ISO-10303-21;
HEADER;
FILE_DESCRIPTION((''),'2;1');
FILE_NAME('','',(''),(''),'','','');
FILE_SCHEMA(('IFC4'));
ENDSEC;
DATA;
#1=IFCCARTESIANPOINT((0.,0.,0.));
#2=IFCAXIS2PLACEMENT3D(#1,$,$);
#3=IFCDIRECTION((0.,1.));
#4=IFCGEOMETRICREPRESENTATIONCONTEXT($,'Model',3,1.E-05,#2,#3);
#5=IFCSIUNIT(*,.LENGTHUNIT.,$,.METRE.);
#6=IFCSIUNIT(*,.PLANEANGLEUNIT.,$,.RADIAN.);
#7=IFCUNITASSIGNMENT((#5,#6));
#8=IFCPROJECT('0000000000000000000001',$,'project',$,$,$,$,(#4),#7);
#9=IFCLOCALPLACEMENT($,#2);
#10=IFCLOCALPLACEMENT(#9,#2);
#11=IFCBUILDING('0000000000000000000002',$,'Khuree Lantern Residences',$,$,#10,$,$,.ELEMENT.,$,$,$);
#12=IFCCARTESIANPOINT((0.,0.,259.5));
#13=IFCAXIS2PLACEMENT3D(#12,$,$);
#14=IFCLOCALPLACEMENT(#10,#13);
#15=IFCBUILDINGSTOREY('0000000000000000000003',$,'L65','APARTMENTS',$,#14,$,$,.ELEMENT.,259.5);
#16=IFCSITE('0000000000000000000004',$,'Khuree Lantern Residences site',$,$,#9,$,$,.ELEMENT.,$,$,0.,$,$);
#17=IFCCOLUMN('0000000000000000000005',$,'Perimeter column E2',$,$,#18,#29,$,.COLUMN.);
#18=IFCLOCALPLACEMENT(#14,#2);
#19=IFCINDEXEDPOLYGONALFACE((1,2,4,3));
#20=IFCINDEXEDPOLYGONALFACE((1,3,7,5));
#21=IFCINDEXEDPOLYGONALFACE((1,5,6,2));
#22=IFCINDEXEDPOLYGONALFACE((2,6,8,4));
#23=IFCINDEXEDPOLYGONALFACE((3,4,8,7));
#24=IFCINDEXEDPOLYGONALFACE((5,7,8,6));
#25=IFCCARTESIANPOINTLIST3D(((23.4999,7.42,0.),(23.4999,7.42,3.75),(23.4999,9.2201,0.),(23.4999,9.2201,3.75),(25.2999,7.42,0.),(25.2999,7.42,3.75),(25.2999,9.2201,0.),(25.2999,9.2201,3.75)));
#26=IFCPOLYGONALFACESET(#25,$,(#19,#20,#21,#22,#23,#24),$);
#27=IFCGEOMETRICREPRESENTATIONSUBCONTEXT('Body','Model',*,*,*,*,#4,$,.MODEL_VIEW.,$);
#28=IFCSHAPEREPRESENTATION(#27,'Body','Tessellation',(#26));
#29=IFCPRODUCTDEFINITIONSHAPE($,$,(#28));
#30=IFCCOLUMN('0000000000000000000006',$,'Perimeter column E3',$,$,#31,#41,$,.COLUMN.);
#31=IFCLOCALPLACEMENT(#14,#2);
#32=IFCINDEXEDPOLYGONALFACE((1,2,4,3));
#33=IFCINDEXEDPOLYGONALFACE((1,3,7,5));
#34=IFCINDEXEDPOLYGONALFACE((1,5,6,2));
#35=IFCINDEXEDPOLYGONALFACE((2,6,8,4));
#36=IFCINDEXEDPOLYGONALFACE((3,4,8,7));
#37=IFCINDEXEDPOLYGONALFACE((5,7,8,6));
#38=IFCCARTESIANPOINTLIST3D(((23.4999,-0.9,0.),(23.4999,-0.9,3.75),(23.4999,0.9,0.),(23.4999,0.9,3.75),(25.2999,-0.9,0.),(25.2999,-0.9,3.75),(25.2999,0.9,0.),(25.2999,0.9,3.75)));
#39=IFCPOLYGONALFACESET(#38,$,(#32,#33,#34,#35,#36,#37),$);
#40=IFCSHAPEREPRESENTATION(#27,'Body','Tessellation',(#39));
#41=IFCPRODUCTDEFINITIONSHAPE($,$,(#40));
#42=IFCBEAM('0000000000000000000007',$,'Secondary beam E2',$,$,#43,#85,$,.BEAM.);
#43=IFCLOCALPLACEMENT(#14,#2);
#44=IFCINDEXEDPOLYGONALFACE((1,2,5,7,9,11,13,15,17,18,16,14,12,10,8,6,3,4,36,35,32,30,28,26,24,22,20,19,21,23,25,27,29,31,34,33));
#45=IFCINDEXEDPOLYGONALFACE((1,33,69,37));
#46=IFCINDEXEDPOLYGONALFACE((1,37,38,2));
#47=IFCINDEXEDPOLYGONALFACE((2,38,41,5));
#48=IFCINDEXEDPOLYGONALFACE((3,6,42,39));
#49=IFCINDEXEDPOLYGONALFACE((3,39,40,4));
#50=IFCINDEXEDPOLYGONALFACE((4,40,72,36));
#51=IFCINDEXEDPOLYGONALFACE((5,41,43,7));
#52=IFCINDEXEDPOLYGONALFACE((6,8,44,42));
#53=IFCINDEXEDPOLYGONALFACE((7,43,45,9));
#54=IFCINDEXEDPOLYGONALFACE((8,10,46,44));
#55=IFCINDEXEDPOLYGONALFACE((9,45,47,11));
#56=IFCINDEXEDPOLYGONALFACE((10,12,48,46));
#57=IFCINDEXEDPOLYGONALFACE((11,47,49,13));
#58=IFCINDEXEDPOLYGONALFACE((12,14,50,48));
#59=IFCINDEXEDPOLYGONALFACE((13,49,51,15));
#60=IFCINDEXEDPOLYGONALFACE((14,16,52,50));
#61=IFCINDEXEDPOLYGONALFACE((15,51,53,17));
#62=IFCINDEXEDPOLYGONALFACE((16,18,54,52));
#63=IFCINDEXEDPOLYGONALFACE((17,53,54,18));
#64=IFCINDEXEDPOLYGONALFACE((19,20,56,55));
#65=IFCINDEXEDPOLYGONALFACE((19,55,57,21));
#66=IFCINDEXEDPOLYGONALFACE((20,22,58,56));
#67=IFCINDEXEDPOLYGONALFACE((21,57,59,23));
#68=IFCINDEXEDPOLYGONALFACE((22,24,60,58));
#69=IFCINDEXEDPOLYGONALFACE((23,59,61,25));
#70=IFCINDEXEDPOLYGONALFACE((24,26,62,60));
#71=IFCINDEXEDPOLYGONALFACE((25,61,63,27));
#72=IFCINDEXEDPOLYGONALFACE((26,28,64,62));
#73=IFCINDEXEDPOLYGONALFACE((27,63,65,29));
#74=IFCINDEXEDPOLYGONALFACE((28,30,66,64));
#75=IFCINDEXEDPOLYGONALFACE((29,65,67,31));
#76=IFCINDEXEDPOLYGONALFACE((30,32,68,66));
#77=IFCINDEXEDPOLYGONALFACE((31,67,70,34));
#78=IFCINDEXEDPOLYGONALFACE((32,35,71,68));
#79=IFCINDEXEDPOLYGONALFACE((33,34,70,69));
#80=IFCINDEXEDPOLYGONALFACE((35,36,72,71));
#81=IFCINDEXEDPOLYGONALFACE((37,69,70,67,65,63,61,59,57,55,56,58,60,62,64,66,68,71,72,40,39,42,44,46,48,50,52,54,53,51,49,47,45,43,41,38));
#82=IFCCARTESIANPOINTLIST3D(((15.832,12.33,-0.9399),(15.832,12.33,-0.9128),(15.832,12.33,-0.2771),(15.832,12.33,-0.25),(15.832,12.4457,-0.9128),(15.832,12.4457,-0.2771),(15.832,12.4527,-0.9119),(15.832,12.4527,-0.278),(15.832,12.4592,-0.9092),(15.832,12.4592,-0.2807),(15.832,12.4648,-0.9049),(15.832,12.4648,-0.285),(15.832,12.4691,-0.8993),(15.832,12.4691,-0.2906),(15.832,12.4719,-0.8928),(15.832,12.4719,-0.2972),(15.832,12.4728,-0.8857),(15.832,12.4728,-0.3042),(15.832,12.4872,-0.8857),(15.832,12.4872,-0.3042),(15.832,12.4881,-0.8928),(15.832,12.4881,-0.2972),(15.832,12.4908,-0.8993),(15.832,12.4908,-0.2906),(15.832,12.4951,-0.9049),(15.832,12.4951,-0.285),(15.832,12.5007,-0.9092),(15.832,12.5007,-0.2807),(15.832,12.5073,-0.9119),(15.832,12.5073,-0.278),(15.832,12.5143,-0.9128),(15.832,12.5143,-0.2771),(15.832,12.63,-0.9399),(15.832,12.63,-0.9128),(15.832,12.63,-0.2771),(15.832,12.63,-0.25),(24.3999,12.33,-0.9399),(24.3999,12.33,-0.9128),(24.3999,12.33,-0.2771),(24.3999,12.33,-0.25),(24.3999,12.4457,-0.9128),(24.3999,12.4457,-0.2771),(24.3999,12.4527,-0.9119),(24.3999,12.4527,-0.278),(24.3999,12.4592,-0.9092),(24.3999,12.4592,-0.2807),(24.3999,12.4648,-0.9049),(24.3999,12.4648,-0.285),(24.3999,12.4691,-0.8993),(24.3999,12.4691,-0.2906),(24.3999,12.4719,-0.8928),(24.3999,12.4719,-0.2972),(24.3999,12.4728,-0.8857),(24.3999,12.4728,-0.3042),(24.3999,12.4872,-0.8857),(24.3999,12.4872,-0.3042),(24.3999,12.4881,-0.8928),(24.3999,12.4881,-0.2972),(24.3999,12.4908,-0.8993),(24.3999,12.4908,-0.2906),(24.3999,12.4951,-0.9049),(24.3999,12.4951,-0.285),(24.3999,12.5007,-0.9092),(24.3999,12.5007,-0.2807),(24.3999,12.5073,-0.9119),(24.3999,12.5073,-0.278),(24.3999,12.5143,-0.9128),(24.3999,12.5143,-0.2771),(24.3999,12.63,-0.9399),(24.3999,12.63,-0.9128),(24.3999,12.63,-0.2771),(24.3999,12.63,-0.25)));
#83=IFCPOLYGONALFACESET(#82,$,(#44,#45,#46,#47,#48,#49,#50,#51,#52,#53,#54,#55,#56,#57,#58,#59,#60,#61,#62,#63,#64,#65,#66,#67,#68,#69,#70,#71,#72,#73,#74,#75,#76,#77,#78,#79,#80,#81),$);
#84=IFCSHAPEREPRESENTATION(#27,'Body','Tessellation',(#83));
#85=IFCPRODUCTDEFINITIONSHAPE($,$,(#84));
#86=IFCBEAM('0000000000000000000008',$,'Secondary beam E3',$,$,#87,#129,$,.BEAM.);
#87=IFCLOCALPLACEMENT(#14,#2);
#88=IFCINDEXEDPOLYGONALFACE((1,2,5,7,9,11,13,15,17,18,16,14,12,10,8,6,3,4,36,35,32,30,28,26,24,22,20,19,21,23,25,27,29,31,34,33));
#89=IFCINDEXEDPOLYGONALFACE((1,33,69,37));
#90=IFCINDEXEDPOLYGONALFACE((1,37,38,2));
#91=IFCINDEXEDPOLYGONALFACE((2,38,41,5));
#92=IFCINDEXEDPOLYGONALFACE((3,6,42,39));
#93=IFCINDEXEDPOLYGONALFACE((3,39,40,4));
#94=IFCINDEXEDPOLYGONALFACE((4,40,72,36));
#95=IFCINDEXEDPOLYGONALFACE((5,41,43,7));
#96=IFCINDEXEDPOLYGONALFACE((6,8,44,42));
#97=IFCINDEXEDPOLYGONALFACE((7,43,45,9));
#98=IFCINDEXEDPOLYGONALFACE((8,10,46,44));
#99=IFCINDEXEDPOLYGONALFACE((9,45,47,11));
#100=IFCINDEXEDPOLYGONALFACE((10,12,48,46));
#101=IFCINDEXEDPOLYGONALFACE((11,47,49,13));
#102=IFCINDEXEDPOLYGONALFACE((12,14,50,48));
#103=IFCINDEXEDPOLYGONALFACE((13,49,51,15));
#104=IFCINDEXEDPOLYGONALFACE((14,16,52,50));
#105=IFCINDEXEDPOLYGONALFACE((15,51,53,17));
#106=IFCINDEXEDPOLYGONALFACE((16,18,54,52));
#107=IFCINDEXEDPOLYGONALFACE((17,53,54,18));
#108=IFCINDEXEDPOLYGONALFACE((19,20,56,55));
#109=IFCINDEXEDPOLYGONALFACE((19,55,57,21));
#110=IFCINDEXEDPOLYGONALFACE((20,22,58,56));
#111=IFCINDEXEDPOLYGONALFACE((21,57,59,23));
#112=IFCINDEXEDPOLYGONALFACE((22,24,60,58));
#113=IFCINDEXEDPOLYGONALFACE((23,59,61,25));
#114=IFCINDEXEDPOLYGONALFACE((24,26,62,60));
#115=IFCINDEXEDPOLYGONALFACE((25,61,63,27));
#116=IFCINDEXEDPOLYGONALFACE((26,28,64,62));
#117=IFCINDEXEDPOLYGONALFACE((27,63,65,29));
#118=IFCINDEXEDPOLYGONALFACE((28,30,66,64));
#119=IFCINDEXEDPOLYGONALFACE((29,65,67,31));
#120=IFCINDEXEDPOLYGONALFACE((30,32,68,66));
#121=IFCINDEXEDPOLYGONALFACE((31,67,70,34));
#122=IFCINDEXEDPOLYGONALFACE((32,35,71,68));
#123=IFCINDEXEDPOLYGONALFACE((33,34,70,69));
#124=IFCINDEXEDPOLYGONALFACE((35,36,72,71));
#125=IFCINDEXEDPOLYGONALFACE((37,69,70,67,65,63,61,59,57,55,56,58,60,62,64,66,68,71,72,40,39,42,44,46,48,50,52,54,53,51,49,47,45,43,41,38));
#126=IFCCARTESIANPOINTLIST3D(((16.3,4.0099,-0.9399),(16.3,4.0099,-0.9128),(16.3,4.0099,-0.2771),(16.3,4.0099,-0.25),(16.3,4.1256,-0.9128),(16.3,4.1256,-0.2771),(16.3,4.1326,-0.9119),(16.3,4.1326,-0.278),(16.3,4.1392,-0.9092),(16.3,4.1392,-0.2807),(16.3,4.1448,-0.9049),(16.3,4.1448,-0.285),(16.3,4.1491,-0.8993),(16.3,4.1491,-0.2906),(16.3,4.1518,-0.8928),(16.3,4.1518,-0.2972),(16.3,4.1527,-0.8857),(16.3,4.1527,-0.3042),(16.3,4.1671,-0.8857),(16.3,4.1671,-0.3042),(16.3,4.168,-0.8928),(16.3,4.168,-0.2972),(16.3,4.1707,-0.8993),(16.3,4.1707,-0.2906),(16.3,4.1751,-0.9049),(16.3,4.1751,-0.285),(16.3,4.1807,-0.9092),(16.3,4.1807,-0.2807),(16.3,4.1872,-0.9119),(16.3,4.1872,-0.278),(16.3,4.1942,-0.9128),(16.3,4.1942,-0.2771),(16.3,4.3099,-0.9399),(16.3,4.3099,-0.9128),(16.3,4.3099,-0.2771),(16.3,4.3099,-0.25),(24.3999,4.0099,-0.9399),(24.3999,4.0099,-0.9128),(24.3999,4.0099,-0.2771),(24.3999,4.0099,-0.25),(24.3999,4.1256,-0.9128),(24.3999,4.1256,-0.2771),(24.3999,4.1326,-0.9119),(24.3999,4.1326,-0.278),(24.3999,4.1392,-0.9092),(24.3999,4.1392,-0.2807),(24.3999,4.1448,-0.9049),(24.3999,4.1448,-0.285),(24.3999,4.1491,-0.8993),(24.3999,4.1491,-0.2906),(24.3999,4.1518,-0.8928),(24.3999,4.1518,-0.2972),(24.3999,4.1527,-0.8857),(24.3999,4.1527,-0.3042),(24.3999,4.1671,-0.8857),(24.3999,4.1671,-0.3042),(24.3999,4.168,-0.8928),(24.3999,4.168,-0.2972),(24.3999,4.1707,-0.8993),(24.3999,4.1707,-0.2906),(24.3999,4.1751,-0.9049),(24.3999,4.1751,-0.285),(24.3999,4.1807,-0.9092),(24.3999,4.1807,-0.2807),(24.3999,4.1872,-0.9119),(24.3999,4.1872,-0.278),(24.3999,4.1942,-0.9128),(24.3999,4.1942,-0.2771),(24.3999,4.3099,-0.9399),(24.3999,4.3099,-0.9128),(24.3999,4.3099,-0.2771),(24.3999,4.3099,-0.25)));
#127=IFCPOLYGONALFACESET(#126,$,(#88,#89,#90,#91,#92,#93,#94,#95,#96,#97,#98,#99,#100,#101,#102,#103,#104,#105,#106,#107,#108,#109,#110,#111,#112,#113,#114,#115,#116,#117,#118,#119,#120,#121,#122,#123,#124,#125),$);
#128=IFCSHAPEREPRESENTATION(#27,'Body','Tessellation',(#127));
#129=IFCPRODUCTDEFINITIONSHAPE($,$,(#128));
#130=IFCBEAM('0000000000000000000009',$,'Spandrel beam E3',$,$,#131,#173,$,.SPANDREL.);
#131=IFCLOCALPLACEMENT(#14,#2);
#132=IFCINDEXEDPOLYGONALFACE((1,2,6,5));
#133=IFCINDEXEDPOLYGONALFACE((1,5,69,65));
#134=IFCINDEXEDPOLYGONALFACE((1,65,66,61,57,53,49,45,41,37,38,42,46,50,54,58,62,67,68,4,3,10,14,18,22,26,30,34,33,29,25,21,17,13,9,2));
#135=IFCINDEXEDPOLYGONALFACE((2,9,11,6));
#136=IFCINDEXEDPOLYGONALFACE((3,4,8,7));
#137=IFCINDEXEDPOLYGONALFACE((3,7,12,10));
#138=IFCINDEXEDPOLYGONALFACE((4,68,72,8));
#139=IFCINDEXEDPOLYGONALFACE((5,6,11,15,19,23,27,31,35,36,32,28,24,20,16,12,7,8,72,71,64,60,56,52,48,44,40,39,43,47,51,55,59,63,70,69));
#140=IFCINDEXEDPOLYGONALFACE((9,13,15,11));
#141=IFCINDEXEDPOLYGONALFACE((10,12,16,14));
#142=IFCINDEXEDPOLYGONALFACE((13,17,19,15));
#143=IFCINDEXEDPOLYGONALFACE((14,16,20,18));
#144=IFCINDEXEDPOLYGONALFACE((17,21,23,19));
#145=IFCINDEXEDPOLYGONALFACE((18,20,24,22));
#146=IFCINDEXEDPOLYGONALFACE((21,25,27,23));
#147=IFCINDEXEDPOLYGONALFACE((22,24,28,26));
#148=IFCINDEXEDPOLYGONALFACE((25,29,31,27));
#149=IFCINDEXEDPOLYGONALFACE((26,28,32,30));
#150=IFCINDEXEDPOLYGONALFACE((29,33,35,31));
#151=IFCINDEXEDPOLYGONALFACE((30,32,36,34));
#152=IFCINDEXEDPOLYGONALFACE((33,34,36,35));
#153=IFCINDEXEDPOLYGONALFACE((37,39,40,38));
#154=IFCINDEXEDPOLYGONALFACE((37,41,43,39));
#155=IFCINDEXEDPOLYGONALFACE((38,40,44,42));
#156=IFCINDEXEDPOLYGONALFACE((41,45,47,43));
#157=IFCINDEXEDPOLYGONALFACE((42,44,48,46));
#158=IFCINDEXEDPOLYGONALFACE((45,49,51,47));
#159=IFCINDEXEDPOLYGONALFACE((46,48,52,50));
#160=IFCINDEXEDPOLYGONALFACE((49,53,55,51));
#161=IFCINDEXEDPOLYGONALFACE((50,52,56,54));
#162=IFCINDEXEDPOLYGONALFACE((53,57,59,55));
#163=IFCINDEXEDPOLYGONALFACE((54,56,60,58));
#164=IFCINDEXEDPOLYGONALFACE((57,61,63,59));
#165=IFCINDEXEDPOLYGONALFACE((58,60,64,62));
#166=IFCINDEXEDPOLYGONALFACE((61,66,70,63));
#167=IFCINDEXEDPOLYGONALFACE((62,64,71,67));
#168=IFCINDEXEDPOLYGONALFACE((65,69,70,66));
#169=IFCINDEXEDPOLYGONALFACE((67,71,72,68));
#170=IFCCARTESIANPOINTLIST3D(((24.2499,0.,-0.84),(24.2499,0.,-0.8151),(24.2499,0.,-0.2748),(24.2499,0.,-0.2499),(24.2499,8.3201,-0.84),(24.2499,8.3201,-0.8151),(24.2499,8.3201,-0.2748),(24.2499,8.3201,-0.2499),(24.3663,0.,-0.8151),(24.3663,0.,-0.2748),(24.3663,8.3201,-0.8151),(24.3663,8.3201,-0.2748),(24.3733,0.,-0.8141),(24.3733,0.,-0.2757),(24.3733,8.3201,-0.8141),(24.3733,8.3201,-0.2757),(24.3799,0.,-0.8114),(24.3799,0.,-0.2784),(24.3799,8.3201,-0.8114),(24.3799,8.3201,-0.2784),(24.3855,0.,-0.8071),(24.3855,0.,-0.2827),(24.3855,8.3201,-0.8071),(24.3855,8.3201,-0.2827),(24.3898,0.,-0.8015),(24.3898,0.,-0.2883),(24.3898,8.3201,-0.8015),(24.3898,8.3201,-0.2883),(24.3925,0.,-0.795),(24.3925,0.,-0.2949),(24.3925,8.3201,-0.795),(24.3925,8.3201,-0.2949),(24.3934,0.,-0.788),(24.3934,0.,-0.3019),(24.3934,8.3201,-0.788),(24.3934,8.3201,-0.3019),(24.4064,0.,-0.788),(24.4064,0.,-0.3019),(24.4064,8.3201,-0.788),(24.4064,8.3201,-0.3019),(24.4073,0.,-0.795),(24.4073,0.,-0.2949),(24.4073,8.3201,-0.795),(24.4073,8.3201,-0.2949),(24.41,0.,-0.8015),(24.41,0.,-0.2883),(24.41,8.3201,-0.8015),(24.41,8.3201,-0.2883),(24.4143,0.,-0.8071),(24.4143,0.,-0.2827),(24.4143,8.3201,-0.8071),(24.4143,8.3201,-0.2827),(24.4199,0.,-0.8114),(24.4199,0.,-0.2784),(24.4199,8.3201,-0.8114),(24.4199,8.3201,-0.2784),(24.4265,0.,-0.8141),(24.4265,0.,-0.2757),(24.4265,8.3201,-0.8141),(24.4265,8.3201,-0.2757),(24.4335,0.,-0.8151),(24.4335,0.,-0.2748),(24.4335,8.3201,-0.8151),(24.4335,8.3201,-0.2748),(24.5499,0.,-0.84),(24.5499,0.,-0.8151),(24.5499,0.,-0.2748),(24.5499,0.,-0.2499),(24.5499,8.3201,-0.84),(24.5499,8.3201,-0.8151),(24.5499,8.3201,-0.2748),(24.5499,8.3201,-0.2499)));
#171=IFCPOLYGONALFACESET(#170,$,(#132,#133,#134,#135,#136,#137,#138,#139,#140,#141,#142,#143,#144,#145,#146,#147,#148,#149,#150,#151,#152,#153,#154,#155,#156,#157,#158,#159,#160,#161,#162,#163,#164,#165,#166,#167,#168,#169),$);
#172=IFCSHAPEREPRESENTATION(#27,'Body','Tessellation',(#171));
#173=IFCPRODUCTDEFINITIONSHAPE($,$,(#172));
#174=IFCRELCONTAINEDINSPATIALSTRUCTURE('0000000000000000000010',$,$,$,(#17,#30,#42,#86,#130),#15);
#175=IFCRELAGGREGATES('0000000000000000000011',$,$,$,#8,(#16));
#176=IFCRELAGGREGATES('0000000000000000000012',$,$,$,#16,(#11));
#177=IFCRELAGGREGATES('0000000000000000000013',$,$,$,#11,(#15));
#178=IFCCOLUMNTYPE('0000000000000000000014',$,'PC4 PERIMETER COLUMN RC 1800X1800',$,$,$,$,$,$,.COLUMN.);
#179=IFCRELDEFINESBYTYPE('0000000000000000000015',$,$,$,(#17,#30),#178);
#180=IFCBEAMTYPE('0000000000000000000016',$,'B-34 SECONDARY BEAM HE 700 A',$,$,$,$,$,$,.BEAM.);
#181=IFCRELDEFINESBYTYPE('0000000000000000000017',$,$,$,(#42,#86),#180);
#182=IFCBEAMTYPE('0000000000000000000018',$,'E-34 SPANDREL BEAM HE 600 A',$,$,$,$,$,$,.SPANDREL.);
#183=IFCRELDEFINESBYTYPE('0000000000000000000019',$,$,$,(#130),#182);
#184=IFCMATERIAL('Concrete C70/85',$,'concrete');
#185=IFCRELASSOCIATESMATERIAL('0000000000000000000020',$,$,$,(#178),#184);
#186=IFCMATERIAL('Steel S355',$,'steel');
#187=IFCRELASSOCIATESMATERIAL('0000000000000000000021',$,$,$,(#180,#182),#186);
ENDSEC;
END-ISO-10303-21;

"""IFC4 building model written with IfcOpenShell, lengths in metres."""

from ifc_helpers import new_model, si_unit, direction, frame, origin, origin_2d, place, context, subcontext, project, spatial, rectangle, i_section, extrude, material, material_profile, profile_set, type_object, element, save


model = new_model("IFC4")

# Units and contexts
model_context = context("Model", 3, precision=1e-05, world=origin(), true_north=direction((0.0, 1.0)))
body_context = subcontext(model_context, "Body", "Model", "MODEL_VIEW")
ifc_project = project(units=[si_unit("LENGTHUNIT", "METRE"), si_unit("PLANEANGLEUNIT", "RADIAN")], contexts=[model_context])

# Site, building, storey
site_placement = place(None, origin())
site = spatial("IfcSite", under=ifc_project, at=site_placement, Name="Khuree Lantern Residences site", CompositionType="ELEMENT", RefElevation=0.0)
building_placement = place(site_placement, origin())
building = spatial("IfcBuilding", under=site, at=building_placement, Name="Khuree Lantern Residences", CompositionType="ELEMENT")
storey_placement = place(building_placement, frame((0.0, 0.0, 259.5)))
storey = spatial("IfcBuildingStorey", under=building, at=storey_placement, Name="L65", Description="APARTMENTS", CompositionType="ELEMENT", Elevation=259.5)

# Columns
ifc_material_1 = material(Name="Concrete C70/85", Category="concrete")
ifc_material_profile_1 = material_profile(ifc_material_1, rectangle(XDim=1.8, YDim=1.8, at=origin_2d()), Name="RC 1800X1800")
ifc_profile_set_1 = profile_set([ifc_material_profile_1], Name="Concrete C70/85")
column_type = type_object("IfcColumnType", Name="PC4 PERIMETER COLUMN RC 1800X1800", PredefinedType="COLUMN", material=ifc_profile_set_1)
for number, where, z_axis, x_axis, name in (
    (1, (24.3999, 8.3201, 0.0), (0.0, 0.0, 1.0), (0.0, 1.0, 0.0), "Perimeter column E2"),
    (2, (24.3999, 0.0, 0.0), (0.0, 0.0, 1.0), (0.0, 1.0, 0.0), "Perimeter column E3"),
):
    element("IfcColumn", number, at=place(storey_placement, frame(where, z_axis=z_axis, x_axis=x_axis)), inside=storey, type_object=column_type, Name=name, PredefinedType="COLUMN", context=body_context, shape_type="SweptSolid", body=[
        extrude(rectangle(XDim=1.8, YDim=1.8, at=origin_2d()), origin(), (0.0, 0.0, 1.0), 3.75),
    ])

# Beams
ifc_material_2 = material(Name="Steel S355", Category="steel")
ifc_material_profile_2 = material_profile(ifc_material_2, i_section(OverallWidth=0.3, OverallDepth=0.6899, WebThickness=0.0144, FlangeThickness=0.0271, FilletRadius=0.0271, at=origin_2d()), Name="HE 700 A")
ifc_profile_set_2 = profile_set([ifc_material_profile_2], Name="Steel S355")
beam_type_1 = type_object("IfcBeamType", Name="B-34 SECONDARY BEAM HE 700 A", PredefinedType="BEAM", material=ifc_profile_set_2)
beam_1_placement = place(storey_placement, frame((24.3999, 12.48, -0.595), z_axis=(-1.0, 0.0, 0.0), x_axis=(0.0, -1.0, 0.0)))
element("IfcBeam", 3, at=beam_1_placement, inside=storey, type_object=beam_type_1, Name="Secondary beam E2", PredefinedType="BEAM", context=body_context, shape_type="SweptSolid", body=[
    extrude(i_section(OverallWidth=0.3, OverallDepth=0.6899, WebThickness=0.0144, FlangeThickness=0.0271, FilletRadius=0.0271, at=origin_2d()), origin(), (0.0, 0.0, 1.0), 8.5679),
])
beam_2_placement = place(storey_placement, frame((24.3999, 4.1599, -0.595), z_axis=(-1.0, 0.0, 0.0), x_axis=(0.0, -1.0, 0.0)))
element("IfcBeam", 4, at=beam_2_placement, inside=storey, type_object=beam_type_1, Name="Secondary beam E3", PredefinedType="BEAM", context=body_context, shape_type="SweptSolid", body=[
    extrude(i_section(OverallWidth=0.3, OverallDepth=0.6899, WebThickness=0.0144, FlangeThickness=0.0271, FilletRadius=0.0271, at=origin_2d()), origin(), (0.0, 0.0, 1.0), 8.0999),
])
ifc_material_profile_3 = material_profile(ifc_material_2, i_section(OverallWidth=0.3, OverallDepth=0.5901, WebThickness=0.0129, FlangeThickness=0.0249, FilletRadius=0.0271, at=origin_2d()), Name="HE 600 A")
ifc_profile_set_3 = profile_set([ifc_material_profile_3], Name="Steel S355")
beam_type_2 = type_object("IfcBeamType", Name="E-34 SPANDREL BEAM HE 600 A", PredefinedType="SPANDREL", material=ifc_profile_set_3)
for number, where, z_axis, x_axis, name in (
    (5, (24.3999, 8.3201, -0.5449), (0.0, -1.0, 0.0), (1.0, 0.0, 0.0), "Spandrel beam E3"),
):
    element("IfcBeam", number, at=place(storey_placement, frame(where, z_axis=z_axis, x_axis=x_axis)), inside=storey, type_object=beam_type_2, Name=name, PredefinedType="SPANDREL", context=body_context, shape_type="SweptSolid", body=[
        extrude(i_section(OverallWidth=0.3, OverallDepth=0.5901, WebThickness=0.0129, FlangeThickness=0.0249, FilletRadius=0.0271, at=origin_2d()), origin(), (0.0, 0.0, 1.0), 8.3201),
    ])

save(model, "model.ifc")
